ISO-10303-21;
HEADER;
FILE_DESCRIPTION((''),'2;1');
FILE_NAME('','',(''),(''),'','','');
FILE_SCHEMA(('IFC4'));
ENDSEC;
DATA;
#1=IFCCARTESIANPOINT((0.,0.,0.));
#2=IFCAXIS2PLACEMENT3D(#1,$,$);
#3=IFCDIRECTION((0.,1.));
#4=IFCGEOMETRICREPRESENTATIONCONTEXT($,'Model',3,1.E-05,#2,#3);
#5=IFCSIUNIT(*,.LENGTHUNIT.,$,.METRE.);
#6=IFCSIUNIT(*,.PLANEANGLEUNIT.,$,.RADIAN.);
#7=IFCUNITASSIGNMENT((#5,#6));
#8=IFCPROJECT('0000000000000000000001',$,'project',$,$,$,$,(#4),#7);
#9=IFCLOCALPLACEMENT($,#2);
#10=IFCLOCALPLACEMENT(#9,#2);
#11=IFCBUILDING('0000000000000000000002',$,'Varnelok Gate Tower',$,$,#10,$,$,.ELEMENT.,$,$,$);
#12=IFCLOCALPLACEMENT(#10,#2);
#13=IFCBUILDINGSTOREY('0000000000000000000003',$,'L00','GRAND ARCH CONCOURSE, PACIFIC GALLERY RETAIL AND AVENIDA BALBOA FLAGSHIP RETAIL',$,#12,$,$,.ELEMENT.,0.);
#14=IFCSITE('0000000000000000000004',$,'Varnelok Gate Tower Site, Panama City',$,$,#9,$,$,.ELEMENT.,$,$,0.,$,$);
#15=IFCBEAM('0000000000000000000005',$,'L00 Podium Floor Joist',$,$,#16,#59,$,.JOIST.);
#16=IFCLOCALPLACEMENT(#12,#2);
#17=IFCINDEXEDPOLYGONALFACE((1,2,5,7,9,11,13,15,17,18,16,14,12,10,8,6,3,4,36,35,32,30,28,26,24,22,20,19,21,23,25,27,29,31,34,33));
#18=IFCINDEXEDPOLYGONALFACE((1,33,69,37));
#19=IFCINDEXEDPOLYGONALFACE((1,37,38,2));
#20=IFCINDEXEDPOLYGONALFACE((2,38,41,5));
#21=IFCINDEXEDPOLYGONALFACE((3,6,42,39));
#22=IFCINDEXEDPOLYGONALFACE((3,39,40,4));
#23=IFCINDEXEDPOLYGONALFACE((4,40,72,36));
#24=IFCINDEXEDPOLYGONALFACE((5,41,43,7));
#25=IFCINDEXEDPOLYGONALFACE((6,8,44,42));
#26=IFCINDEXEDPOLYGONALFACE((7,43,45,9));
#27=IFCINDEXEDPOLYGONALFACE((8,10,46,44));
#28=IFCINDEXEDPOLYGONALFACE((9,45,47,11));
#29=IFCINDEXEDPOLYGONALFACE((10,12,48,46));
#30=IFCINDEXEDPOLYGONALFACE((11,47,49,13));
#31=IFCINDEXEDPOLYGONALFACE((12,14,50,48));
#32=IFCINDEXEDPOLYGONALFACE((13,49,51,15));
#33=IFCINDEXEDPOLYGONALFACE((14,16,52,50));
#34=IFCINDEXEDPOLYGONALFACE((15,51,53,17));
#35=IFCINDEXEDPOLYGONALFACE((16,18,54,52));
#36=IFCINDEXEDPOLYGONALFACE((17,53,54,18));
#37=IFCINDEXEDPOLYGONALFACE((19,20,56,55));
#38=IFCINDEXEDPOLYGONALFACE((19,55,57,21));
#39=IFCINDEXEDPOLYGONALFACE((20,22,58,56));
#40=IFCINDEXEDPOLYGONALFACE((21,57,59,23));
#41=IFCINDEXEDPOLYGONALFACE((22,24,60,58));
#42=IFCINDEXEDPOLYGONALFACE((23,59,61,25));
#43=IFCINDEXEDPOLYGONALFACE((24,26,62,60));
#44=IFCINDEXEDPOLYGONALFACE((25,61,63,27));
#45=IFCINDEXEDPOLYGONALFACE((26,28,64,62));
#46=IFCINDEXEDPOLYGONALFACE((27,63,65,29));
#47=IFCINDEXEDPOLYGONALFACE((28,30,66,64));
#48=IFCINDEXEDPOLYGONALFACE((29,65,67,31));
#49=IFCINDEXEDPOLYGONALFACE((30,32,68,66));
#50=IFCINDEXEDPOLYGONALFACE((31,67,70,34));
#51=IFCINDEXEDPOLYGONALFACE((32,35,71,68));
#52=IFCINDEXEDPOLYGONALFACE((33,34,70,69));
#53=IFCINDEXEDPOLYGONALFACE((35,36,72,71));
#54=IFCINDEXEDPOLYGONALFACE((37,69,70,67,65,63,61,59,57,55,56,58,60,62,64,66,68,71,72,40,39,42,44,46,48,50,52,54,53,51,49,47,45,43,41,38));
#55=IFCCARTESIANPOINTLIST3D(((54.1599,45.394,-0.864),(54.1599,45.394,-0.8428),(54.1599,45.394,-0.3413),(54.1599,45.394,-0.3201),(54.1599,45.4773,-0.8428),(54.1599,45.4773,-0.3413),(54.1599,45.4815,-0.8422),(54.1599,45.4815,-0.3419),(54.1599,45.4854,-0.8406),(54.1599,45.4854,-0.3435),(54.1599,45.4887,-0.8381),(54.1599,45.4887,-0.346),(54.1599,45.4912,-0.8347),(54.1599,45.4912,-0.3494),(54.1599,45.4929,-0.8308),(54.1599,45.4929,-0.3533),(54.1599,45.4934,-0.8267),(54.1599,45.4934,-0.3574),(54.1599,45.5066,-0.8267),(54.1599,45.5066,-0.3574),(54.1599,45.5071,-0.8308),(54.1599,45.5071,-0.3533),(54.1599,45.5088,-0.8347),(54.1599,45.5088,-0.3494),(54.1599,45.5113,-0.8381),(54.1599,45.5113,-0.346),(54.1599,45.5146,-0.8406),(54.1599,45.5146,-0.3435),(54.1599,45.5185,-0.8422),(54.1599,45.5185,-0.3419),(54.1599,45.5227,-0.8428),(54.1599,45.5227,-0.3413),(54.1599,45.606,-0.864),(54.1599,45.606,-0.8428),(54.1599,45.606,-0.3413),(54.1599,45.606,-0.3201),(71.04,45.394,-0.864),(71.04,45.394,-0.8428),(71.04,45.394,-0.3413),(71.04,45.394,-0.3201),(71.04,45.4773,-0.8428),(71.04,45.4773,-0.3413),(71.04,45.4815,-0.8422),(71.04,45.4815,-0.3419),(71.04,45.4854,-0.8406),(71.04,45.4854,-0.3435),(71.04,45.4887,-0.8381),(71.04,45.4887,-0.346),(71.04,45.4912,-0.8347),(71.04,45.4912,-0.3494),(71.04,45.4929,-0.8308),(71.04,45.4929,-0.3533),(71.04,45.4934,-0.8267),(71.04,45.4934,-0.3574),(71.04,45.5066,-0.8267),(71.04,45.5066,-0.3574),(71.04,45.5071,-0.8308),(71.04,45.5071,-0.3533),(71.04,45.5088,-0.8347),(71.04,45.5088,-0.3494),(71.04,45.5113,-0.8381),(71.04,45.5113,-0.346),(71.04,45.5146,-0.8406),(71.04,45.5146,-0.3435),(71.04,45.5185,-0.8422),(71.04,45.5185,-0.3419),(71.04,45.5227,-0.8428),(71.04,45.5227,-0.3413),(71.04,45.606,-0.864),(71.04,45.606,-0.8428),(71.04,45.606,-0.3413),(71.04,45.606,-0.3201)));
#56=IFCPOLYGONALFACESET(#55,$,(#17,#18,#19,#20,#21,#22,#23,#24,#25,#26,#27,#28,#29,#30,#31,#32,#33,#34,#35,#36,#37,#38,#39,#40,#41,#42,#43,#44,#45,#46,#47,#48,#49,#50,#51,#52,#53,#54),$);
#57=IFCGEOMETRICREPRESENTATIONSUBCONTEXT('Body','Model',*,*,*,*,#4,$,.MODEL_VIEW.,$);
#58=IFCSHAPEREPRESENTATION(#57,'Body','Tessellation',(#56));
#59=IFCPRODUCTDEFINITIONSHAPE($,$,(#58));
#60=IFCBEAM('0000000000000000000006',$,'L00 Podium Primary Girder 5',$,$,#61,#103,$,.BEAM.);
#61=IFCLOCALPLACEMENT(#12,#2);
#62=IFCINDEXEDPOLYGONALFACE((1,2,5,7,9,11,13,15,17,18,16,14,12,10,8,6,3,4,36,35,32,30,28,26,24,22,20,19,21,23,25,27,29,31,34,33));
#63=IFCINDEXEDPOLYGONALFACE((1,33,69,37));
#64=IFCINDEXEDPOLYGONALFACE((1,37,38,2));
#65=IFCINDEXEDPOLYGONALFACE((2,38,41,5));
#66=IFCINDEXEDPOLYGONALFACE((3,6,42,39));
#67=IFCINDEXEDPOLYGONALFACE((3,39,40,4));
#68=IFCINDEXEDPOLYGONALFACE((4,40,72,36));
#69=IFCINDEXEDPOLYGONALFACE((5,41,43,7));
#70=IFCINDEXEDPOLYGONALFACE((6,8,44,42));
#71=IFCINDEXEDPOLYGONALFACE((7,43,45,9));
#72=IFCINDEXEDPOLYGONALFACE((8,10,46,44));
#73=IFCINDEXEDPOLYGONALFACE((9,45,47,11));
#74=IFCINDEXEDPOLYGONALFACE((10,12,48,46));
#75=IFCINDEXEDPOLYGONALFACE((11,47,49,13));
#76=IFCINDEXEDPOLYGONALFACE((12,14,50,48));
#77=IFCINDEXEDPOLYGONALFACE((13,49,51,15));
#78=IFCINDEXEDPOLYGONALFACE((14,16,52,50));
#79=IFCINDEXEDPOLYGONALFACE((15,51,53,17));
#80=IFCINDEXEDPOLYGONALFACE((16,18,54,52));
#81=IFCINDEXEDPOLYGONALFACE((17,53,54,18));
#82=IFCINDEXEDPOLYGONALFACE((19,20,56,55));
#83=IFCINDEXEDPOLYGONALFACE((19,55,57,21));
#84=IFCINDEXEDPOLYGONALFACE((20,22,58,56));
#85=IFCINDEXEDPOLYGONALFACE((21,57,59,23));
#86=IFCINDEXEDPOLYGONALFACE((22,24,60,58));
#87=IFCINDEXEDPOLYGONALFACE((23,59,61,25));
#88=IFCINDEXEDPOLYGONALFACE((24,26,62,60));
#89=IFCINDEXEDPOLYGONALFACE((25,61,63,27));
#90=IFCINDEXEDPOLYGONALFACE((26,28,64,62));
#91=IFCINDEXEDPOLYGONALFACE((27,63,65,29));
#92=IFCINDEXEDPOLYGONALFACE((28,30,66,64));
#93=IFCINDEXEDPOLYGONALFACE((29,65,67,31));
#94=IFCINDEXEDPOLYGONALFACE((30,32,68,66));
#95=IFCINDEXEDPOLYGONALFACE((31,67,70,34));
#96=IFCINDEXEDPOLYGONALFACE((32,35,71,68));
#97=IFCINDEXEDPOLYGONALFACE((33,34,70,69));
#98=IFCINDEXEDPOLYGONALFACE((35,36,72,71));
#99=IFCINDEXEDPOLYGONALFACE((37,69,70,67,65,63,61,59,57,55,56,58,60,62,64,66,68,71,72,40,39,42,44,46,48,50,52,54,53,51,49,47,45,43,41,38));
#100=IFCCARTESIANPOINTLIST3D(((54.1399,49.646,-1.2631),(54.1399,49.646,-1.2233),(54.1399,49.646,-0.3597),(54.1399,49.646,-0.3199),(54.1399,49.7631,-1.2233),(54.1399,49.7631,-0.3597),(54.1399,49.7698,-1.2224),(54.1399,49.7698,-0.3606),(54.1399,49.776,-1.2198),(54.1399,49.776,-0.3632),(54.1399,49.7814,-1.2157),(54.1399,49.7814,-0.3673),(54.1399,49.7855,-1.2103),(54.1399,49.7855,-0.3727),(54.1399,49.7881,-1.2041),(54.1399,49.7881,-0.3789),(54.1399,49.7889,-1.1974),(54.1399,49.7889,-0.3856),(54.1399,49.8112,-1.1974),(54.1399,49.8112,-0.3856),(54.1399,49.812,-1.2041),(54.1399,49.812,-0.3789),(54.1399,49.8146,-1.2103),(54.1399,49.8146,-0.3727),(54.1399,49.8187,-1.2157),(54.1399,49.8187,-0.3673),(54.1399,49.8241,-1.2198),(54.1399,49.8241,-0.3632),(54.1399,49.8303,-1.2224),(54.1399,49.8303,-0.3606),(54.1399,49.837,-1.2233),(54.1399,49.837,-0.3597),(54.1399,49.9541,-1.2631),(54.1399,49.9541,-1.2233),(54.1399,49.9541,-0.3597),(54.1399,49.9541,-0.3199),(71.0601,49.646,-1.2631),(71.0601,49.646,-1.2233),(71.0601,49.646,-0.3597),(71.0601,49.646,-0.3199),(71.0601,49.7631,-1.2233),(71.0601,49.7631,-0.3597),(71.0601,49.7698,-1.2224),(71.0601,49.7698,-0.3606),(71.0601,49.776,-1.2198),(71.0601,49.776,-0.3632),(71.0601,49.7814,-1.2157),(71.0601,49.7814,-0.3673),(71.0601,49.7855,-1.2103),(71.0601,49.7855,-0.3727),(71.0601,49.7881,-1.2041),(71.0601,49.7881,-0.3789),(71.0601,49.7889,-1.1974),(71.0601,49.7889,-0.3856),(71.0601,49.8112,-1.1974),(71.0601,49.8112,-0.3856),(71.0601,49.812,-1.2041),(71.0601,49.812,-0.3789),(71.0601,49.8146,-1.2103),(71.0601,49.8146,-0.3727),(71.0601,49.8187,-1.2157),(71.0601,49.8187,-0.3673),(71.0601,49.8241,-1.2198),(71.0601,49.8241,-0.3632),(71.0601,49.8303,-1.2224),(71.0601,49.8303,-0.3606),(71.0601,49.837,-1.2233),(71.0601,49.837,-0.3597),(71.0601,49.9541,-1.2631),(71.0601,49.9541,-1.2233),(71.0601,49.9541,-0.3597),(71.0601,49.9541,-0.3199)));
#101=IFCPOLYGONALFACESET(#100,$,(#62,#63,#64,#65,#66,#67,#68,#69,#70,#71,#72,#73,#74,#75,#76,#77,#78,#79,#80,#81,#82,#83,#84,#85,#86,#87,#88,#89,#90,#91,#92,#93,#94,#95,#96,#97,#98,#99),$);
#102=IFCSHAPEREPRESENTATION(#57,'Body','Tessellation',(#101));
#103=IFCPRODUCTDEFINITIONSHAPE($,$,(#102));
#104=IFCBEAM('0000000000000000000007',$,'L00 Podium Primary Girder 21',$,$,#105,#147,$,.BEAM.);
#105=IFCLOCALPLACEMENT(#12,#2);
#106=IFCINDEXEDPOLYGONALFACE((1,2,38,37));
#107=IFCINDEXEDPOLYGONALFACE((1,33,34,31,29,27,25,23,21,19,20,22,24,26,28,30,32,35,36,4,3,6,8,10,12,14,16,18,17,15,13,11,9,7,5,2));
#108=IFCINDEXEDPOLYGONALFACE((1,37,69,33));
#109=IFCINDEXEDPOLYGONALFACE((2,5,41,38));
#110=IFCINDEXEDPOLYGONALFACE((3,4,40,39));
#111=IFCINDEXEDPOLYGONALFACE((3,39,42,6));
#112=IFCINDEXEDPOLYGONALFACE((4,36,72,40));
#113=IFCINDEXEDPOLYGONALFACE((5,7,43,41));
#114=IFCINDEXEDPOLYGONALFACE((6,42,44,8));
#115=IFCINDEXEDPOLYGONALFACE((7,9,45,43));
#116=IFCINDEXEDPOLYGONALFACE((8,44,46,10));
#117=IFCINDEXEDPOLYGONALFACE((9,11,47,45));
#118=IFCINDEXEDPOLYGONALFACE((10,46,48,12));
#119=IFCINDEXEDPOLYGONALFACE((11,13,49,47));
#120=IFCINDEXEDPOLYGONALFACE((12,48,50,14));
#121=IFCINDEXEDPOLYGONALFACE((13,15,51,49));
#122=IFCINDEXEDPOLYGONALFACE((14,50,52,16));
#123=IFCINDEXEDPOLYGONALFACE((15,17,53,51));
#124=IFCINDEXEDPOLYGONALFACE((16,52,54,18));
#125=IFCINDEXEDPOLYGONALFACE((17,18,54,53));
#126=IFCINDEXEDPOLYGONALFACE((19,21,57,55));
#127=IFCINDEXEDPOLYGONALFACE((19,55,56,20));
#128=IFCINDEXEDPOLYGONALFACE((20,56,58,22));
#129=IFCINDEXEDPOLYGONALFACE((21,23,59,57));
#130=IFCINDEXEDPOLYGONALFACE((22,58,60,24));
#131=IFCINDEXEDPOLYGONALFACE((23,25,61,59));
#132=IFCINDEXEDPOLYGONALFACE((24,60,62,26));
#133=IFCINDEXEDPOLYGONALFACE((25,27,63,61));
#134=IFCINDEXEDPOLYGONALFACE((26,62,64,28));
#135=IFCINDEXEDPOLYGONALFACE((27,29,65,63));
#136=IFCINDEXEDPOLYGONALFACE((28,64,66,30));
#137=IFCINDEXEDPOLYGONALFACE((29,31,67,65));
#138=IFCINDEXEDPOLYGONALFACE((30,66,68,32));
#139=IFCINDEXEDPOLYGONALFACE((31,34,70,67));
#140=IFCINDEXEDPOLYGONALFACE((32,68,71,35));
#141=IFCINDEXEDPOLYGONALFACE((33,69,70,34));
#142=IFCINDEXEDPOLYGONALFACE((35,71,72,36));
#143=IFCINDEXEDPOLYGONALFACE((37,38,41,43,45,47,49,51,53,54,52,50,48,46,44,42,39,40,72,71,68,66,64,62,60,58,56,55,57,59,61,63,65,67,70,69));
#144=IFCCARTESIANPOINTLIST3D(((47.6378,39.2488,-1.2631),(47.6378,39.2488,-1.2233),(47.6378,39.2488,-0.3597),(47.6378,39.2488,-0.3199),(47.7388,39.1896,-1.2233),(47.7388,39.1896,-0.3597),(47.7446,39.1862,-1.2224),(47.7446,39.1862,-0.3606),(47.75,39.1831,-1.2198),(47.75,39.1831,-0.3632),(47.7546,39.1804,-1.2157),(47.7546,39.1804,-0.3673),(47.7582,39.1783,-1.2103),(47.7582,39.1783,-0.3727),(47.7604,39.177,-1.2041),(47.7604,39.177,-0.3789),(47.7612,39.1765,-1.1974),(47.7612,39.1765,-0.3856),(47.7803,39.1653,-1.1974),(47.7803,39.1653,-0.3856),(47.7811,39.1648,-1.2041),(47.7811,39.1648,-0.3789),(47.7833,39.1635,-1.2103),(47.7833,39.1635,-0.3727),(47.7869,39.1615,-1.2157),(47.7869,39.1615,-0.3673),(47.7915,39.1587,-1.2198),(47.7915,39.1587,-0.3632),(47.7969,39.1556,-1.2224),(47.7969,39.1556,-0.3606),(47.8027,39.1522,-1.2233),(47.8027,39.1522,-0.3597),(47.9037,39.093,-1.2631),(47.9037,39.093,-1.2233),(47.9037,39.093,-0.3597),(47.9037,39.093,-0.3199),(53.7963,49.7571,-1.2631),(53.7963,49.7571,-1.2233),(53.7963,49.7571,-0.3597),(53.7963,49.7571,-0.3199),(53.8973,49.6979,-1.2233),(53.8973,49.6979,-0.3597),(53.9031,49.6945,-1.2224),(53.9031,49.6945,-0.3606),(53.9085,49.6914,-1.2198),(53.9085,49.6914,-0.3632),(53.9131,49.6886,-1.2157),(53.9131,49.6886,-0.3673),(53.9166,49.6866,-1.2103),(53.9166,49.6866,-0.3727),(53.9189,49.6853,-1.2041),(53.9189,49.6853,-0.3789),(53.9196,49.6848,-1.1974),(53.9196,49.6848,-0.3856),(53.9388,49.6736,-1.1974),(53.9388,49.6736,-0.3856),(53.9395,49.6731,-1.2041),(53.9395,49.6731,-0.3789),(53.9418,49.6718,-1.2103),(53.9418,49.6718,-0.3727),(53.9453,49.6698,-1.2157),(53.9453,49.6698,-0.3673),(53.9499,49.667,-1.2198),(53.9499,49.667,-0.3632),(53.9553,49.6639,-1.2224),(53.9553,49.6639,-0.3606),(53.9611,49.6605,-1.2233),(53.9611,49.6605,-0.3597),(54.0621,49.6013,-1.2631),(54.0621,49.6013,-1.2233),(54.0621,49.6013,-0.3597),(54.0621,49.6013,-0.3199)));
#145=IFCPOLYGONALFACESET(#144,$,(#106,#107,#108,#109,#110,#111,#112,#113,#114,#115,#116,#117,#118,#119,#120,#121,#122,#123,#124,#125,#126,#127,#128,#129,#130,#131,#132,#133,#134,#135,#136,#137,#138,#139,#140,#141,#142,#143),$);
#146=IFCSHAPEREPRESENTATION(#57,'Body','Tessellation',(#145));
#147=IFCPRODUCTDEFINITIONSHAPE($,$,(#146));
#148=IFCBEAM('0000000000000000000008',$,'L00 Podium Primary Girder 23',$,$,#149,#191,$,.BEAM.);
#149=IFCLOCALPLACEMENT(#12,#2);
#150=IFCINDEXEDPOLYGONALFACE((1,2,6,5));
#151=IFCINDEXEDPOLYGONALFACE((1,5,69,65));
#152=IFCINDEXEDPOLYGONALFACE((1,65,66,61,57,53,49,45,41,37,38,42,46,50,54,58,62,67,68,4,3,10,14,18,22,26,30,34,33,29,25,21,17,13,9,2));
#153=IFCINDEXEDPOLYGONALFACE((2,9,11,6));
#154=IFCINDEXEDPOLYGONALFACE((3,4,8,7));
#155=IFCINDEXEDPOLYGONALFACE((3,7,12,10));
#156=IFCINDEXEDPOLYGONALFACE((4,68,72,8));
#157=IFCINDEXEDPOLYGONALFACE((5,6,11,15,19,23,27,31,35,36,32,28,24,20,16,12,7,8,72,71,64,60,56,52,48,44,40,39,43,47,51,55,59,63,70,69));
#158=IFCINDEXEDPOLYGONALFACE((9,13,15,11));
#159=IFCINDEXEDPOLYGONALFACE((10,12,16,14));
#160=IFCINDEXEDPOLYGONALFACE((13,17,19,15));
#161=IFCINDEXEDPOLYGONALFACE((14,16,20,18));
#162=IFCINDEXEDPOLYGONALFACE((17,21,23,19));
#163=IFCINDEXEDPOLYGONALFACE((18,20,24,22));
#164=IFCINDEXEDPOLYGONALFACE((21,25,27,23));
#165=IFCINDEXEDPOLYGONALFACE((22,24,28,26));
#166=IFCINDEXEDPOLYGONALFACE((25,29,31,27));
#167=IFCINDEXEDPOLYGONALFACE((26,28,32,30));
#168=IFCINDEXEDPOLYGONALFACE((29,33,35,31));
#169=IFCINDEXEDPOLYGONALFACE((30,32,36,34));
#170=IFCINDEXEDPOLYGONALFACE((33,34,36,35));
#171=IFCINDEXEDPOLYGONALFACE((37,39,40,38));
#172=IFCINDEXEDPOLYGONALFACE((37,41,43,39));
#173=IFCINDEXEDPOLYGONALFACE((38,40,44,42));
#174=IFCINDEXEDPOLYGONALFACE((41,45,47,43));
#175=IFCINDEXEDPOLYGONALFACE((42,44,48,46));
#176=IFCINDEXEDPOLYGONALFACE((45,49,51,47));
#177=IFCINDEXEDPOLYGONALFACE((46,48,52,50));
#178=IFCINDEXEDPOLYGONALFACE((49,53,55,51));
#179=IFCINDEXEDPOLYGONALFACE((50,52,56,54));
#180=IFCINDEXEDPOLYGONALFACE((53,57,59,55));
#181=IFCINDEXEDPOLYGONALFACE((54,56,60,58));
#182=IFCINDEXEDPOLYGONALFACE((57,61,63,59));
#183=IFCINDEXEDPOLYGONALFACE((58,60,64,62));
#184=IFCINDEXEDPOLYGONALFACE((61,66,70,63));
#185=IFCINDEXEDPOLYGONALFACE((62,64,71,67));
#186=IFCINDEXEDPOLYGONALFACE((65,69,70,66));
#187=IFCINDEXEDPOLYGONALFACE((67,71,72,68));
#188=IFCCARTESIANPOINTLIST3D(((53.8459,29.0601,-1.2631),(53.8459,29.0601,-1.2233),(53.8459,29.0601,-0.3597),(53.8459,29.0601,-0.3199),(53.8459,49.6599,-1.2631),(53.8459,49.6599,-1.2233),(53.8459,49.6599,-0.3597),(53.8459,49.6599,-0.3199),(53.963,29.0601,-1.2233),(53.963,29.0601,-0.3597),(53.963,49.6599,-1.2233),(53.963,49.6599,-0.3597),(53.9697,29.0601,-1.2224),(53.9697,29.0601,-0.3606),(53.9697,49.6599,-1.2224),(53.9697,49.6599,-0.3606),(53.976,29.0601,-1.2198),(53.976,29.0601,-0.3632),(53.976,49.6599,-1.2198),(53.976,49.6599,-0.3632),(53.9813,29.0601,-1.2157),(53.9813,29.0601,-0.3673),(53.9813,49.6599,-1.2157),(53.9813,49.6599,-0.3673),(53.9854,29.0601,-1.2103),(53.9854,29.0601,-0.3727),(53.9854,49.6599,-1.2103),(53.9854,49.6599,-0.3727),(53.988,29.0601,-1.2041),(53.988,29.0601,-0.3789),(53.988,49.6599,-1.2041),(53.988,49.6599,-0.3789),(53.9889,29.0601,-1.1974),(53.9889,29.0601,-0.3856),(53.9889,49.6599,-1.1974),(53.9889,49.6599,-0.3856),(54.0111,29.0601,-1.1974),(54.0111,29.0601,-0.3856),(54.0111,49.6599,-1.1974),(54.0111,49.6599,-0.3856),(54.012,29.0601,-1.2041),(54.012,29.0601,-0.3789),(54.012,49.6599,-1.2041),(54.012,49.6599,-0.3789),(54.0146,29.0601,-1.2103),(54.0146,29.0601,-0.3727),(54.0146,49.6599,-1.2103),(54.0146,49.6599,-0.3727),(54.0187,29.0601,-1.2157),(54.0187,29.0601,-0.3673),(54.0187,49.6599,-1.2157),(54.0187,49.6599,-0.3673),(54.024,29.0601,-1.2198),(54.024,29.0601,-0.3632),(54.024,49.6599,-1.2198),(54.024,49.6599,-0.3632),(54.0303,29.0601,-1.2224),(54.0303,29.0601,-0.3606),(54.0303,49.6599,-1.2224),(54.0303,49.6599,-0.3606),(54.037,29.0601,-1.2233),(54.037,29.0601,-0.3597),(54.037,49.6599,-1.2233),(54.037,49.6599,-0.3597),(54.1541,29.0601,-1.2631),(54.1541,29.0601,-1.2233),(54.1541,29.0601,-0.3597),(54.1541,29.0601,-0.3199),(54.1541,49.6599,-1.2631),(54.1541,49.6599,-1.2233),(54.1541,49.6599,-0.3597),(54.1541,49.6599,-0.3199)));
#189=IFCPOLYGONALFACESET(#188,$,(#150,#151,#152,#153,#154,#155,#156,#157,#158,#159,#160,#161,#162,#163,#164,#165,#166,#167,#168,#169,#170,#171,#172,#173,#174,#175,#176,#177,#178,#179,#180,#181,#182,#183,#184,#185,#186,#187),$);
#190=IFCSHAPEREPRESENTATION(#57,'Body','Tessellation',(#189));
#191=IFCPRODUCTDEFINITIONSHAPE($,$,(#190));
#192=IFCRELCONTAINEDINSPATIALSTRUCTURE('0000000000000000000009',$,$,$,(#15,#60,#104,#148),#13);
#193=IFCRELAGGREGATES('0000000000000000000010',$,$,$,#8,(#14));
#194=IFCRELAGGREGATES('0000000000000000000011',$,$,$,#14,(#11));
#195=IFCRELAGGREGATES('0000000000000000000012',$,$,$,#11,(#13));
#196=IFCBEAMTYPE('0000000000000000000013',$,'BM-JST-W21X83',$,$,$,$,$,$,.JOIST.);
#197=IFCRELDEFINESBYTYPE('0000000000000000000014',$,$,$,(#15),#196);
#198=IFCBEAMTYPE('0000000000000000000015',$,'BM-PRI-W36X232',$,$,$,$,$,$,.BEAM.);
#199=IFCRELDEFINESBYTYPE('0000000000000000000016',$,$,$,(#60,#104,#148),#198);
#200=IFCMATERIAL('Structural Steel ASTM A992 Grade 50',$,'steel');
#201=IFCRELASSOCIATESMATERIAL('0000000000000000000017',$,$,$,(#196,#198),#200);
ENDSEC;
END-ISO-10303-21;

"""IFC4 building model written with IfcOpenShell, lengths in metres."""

from ifc_helpers import new_model, si_unit, direction, frame, origin, origin_2d, place, context, subcontext, project, spatial, i_section, extrude, material, material_profile, profile_set, type_object, element, save


model = new_model("IFC4")

# Units and contexts
model_context = context("Model", 3, precision=1e-05, world=origin(), true_north=direction((0.0, 1.0)))
body_context = subcontext(model_context, "Body", "Model", "MODEL_VIEW")
ifc_project = project(units=[si_unit("LENGTHUNIT", "METRE"), si_unit("PLANEANGLEUNIT", "RADIAN")], contexts=[model_context])

# Site, building, storey
site_placement = place(None, origin())
site = spatial("IfcSite", under=ifc_project, at=site_placement, Name="Varnelok Gate Tower Site, Panama City", CompositionType="ELEMENT", RefElevation=0.0)
building_placement = place(site_placement, origin())
building = spatial("IfcBuilding", under=site, at=building_placement, Name="Varnelok Gate Tower", CompositionType="ELEMENT")
storey_placement = place(building_placement, origin())
storey = spatial("IfcBuildingStorey", under=building, at=storey_placement, Name="L00", Description="GRAND ARCH CONCOURSE, PACIFIC GALLERY RETAIL AND AVENIDA BALBOA FLAGSHIP RETAIL", CompositionType="ELEMENT", Elevation=0.0)

# Shared definitions
ifc_material_1 = material(Name="Structural Steel ASTM A992 Grade 50", Category="steel")

# Beams
ifc_material_profile_1 = material_profile(ifc_material_1, i_section(OverallWidth=0.2119, OverallDepth=0.5439, WebThickness=0.0132, FlangeThickness=0.0212, FilletRadius=0.0161, at=origin_2d()), Name="W21X83")
ifc_profile_set_1 = profile_set([ifc_material_profile_1], Name="Structural Steel ASTM A992 Grade 50")
beam_type_1 = type_object("IfcBeamType", Name="BM-JST-W21X83", PredefinedType="JOIST", material=ifc_profile_set_1)
for number, where, z_axis, x_axis, name in (
    (1, (54.1599, 45.5, -0.592), (1.0, 0.0, 0.0), (0.0, 1.0, 0.0), "L00 Podium Floor Joist"),
):
    element("IfcBeam", number, at=place(storey_placement, frame(where, z_axis=z_axis, x_axis=x_axis)), inside=storey, type_object=beam_type_1, Name=name, PredefinedType="JOIST", context=body_context, shape_type="SweptSolid", body=[
        extrude(i_section(OverallWidth=0.2119, OverallDepth=0.5439, WebThickness=0.0132, FlangeThickness=0.0212, FilletRadius=0.0161, at=origin_2d()), origin(), (0.0, 0.0, 1.0), 16.8801),
    ])
ifc_material_profile_2 = material_profile(ifc_material_1, i_section(OverallWidth=0.3081, OverallDepth=0.9431, WebThickness=0.0222, FlangeThickness=0.0398, FilletRadius=0.0259, at=origin_2d()), Name="W36X232")
ifc_profile_set_2 = profile_set([ifc_material_profile_2], Name="Structural Steel ASTM A992 Grade 50")
beam_type_2 = type_object("IfcBeamType", Name="BM-PRI-W36X232", PredefinedType="BEAM", material=ifc_profile_set_2)
beam_1_placement = place(storey_placement, frame((54.1399, 49.8, -0.7915), z_axis=(1.0, 0.0, 0.0), x_axis=(0.0, 1.0, 0.0)))
element("IfcBeam", 2, at=beam_1_placement, inside=storey, type_object=beam_type_2, Name="L00 Podium Primary Girder 5", PredefinedType="BEAM", context=body_context, shape_type="SweptSolid", body=[
    extrude(i_section(OverallWidth=0.3081, OverallDepth=0.9431, WebThickness=0.0222, FlangeThickness=0.0398, FilletRadius=0.0259, at=origin_2d()), origin(), (0.0, 0.0, 1.0), 16.9202),
])
beam_2_placement = place(storey_placement, frame((53.9292, 49.6792, -0.7915), z_axis=(-0.505622, -0.862755, 0.0), x_axis=(0.862755, -0.505622, 0.0)))
element("IfcBeam", 3, at=beam_2_placement, inside=storey, type_object=beam_type_2, Name="L00 Podium Primary Girder 21", PredefinedType="BEAM", context=body_context, shape_type="SweptSolid", body=[
    extrude(i_section(OverallWidth=0.3081, OverallDepth=0.9431, WebThickness=0.0222, FlangeThickness=0.0398, FilletRadius=0.0259, at=origin_2d()), origin(), (0.0, 0.0, 1.0), 12.1799),
])
beam_3_placement = place(storey_placement, frame((54.0, 29.0601, -0.7915), z_axis=(0.0, 1.0, 0.0), x_axis=(-1.0, 0.0, 0.0)))
element("IfcBeam", 4, at=beam_3_placement, inside=storey, type_object=beam_type_2, Name="L00 Podium Primary Girder 23", PredefinedType="BEAM", context=body_context, shape_type="SweptSolid", body=[
    extrude(i_section(OverallWidth=0.3081, OverallDepth=0.9431, WebThickness=0.0222, FlangeThickness=0.0398, FilletRadius=0.0259, at=origin_2d()), origin(), (0.0, 0.0, 1.0), 20.5999),
])

save(model, "model.ifc")
